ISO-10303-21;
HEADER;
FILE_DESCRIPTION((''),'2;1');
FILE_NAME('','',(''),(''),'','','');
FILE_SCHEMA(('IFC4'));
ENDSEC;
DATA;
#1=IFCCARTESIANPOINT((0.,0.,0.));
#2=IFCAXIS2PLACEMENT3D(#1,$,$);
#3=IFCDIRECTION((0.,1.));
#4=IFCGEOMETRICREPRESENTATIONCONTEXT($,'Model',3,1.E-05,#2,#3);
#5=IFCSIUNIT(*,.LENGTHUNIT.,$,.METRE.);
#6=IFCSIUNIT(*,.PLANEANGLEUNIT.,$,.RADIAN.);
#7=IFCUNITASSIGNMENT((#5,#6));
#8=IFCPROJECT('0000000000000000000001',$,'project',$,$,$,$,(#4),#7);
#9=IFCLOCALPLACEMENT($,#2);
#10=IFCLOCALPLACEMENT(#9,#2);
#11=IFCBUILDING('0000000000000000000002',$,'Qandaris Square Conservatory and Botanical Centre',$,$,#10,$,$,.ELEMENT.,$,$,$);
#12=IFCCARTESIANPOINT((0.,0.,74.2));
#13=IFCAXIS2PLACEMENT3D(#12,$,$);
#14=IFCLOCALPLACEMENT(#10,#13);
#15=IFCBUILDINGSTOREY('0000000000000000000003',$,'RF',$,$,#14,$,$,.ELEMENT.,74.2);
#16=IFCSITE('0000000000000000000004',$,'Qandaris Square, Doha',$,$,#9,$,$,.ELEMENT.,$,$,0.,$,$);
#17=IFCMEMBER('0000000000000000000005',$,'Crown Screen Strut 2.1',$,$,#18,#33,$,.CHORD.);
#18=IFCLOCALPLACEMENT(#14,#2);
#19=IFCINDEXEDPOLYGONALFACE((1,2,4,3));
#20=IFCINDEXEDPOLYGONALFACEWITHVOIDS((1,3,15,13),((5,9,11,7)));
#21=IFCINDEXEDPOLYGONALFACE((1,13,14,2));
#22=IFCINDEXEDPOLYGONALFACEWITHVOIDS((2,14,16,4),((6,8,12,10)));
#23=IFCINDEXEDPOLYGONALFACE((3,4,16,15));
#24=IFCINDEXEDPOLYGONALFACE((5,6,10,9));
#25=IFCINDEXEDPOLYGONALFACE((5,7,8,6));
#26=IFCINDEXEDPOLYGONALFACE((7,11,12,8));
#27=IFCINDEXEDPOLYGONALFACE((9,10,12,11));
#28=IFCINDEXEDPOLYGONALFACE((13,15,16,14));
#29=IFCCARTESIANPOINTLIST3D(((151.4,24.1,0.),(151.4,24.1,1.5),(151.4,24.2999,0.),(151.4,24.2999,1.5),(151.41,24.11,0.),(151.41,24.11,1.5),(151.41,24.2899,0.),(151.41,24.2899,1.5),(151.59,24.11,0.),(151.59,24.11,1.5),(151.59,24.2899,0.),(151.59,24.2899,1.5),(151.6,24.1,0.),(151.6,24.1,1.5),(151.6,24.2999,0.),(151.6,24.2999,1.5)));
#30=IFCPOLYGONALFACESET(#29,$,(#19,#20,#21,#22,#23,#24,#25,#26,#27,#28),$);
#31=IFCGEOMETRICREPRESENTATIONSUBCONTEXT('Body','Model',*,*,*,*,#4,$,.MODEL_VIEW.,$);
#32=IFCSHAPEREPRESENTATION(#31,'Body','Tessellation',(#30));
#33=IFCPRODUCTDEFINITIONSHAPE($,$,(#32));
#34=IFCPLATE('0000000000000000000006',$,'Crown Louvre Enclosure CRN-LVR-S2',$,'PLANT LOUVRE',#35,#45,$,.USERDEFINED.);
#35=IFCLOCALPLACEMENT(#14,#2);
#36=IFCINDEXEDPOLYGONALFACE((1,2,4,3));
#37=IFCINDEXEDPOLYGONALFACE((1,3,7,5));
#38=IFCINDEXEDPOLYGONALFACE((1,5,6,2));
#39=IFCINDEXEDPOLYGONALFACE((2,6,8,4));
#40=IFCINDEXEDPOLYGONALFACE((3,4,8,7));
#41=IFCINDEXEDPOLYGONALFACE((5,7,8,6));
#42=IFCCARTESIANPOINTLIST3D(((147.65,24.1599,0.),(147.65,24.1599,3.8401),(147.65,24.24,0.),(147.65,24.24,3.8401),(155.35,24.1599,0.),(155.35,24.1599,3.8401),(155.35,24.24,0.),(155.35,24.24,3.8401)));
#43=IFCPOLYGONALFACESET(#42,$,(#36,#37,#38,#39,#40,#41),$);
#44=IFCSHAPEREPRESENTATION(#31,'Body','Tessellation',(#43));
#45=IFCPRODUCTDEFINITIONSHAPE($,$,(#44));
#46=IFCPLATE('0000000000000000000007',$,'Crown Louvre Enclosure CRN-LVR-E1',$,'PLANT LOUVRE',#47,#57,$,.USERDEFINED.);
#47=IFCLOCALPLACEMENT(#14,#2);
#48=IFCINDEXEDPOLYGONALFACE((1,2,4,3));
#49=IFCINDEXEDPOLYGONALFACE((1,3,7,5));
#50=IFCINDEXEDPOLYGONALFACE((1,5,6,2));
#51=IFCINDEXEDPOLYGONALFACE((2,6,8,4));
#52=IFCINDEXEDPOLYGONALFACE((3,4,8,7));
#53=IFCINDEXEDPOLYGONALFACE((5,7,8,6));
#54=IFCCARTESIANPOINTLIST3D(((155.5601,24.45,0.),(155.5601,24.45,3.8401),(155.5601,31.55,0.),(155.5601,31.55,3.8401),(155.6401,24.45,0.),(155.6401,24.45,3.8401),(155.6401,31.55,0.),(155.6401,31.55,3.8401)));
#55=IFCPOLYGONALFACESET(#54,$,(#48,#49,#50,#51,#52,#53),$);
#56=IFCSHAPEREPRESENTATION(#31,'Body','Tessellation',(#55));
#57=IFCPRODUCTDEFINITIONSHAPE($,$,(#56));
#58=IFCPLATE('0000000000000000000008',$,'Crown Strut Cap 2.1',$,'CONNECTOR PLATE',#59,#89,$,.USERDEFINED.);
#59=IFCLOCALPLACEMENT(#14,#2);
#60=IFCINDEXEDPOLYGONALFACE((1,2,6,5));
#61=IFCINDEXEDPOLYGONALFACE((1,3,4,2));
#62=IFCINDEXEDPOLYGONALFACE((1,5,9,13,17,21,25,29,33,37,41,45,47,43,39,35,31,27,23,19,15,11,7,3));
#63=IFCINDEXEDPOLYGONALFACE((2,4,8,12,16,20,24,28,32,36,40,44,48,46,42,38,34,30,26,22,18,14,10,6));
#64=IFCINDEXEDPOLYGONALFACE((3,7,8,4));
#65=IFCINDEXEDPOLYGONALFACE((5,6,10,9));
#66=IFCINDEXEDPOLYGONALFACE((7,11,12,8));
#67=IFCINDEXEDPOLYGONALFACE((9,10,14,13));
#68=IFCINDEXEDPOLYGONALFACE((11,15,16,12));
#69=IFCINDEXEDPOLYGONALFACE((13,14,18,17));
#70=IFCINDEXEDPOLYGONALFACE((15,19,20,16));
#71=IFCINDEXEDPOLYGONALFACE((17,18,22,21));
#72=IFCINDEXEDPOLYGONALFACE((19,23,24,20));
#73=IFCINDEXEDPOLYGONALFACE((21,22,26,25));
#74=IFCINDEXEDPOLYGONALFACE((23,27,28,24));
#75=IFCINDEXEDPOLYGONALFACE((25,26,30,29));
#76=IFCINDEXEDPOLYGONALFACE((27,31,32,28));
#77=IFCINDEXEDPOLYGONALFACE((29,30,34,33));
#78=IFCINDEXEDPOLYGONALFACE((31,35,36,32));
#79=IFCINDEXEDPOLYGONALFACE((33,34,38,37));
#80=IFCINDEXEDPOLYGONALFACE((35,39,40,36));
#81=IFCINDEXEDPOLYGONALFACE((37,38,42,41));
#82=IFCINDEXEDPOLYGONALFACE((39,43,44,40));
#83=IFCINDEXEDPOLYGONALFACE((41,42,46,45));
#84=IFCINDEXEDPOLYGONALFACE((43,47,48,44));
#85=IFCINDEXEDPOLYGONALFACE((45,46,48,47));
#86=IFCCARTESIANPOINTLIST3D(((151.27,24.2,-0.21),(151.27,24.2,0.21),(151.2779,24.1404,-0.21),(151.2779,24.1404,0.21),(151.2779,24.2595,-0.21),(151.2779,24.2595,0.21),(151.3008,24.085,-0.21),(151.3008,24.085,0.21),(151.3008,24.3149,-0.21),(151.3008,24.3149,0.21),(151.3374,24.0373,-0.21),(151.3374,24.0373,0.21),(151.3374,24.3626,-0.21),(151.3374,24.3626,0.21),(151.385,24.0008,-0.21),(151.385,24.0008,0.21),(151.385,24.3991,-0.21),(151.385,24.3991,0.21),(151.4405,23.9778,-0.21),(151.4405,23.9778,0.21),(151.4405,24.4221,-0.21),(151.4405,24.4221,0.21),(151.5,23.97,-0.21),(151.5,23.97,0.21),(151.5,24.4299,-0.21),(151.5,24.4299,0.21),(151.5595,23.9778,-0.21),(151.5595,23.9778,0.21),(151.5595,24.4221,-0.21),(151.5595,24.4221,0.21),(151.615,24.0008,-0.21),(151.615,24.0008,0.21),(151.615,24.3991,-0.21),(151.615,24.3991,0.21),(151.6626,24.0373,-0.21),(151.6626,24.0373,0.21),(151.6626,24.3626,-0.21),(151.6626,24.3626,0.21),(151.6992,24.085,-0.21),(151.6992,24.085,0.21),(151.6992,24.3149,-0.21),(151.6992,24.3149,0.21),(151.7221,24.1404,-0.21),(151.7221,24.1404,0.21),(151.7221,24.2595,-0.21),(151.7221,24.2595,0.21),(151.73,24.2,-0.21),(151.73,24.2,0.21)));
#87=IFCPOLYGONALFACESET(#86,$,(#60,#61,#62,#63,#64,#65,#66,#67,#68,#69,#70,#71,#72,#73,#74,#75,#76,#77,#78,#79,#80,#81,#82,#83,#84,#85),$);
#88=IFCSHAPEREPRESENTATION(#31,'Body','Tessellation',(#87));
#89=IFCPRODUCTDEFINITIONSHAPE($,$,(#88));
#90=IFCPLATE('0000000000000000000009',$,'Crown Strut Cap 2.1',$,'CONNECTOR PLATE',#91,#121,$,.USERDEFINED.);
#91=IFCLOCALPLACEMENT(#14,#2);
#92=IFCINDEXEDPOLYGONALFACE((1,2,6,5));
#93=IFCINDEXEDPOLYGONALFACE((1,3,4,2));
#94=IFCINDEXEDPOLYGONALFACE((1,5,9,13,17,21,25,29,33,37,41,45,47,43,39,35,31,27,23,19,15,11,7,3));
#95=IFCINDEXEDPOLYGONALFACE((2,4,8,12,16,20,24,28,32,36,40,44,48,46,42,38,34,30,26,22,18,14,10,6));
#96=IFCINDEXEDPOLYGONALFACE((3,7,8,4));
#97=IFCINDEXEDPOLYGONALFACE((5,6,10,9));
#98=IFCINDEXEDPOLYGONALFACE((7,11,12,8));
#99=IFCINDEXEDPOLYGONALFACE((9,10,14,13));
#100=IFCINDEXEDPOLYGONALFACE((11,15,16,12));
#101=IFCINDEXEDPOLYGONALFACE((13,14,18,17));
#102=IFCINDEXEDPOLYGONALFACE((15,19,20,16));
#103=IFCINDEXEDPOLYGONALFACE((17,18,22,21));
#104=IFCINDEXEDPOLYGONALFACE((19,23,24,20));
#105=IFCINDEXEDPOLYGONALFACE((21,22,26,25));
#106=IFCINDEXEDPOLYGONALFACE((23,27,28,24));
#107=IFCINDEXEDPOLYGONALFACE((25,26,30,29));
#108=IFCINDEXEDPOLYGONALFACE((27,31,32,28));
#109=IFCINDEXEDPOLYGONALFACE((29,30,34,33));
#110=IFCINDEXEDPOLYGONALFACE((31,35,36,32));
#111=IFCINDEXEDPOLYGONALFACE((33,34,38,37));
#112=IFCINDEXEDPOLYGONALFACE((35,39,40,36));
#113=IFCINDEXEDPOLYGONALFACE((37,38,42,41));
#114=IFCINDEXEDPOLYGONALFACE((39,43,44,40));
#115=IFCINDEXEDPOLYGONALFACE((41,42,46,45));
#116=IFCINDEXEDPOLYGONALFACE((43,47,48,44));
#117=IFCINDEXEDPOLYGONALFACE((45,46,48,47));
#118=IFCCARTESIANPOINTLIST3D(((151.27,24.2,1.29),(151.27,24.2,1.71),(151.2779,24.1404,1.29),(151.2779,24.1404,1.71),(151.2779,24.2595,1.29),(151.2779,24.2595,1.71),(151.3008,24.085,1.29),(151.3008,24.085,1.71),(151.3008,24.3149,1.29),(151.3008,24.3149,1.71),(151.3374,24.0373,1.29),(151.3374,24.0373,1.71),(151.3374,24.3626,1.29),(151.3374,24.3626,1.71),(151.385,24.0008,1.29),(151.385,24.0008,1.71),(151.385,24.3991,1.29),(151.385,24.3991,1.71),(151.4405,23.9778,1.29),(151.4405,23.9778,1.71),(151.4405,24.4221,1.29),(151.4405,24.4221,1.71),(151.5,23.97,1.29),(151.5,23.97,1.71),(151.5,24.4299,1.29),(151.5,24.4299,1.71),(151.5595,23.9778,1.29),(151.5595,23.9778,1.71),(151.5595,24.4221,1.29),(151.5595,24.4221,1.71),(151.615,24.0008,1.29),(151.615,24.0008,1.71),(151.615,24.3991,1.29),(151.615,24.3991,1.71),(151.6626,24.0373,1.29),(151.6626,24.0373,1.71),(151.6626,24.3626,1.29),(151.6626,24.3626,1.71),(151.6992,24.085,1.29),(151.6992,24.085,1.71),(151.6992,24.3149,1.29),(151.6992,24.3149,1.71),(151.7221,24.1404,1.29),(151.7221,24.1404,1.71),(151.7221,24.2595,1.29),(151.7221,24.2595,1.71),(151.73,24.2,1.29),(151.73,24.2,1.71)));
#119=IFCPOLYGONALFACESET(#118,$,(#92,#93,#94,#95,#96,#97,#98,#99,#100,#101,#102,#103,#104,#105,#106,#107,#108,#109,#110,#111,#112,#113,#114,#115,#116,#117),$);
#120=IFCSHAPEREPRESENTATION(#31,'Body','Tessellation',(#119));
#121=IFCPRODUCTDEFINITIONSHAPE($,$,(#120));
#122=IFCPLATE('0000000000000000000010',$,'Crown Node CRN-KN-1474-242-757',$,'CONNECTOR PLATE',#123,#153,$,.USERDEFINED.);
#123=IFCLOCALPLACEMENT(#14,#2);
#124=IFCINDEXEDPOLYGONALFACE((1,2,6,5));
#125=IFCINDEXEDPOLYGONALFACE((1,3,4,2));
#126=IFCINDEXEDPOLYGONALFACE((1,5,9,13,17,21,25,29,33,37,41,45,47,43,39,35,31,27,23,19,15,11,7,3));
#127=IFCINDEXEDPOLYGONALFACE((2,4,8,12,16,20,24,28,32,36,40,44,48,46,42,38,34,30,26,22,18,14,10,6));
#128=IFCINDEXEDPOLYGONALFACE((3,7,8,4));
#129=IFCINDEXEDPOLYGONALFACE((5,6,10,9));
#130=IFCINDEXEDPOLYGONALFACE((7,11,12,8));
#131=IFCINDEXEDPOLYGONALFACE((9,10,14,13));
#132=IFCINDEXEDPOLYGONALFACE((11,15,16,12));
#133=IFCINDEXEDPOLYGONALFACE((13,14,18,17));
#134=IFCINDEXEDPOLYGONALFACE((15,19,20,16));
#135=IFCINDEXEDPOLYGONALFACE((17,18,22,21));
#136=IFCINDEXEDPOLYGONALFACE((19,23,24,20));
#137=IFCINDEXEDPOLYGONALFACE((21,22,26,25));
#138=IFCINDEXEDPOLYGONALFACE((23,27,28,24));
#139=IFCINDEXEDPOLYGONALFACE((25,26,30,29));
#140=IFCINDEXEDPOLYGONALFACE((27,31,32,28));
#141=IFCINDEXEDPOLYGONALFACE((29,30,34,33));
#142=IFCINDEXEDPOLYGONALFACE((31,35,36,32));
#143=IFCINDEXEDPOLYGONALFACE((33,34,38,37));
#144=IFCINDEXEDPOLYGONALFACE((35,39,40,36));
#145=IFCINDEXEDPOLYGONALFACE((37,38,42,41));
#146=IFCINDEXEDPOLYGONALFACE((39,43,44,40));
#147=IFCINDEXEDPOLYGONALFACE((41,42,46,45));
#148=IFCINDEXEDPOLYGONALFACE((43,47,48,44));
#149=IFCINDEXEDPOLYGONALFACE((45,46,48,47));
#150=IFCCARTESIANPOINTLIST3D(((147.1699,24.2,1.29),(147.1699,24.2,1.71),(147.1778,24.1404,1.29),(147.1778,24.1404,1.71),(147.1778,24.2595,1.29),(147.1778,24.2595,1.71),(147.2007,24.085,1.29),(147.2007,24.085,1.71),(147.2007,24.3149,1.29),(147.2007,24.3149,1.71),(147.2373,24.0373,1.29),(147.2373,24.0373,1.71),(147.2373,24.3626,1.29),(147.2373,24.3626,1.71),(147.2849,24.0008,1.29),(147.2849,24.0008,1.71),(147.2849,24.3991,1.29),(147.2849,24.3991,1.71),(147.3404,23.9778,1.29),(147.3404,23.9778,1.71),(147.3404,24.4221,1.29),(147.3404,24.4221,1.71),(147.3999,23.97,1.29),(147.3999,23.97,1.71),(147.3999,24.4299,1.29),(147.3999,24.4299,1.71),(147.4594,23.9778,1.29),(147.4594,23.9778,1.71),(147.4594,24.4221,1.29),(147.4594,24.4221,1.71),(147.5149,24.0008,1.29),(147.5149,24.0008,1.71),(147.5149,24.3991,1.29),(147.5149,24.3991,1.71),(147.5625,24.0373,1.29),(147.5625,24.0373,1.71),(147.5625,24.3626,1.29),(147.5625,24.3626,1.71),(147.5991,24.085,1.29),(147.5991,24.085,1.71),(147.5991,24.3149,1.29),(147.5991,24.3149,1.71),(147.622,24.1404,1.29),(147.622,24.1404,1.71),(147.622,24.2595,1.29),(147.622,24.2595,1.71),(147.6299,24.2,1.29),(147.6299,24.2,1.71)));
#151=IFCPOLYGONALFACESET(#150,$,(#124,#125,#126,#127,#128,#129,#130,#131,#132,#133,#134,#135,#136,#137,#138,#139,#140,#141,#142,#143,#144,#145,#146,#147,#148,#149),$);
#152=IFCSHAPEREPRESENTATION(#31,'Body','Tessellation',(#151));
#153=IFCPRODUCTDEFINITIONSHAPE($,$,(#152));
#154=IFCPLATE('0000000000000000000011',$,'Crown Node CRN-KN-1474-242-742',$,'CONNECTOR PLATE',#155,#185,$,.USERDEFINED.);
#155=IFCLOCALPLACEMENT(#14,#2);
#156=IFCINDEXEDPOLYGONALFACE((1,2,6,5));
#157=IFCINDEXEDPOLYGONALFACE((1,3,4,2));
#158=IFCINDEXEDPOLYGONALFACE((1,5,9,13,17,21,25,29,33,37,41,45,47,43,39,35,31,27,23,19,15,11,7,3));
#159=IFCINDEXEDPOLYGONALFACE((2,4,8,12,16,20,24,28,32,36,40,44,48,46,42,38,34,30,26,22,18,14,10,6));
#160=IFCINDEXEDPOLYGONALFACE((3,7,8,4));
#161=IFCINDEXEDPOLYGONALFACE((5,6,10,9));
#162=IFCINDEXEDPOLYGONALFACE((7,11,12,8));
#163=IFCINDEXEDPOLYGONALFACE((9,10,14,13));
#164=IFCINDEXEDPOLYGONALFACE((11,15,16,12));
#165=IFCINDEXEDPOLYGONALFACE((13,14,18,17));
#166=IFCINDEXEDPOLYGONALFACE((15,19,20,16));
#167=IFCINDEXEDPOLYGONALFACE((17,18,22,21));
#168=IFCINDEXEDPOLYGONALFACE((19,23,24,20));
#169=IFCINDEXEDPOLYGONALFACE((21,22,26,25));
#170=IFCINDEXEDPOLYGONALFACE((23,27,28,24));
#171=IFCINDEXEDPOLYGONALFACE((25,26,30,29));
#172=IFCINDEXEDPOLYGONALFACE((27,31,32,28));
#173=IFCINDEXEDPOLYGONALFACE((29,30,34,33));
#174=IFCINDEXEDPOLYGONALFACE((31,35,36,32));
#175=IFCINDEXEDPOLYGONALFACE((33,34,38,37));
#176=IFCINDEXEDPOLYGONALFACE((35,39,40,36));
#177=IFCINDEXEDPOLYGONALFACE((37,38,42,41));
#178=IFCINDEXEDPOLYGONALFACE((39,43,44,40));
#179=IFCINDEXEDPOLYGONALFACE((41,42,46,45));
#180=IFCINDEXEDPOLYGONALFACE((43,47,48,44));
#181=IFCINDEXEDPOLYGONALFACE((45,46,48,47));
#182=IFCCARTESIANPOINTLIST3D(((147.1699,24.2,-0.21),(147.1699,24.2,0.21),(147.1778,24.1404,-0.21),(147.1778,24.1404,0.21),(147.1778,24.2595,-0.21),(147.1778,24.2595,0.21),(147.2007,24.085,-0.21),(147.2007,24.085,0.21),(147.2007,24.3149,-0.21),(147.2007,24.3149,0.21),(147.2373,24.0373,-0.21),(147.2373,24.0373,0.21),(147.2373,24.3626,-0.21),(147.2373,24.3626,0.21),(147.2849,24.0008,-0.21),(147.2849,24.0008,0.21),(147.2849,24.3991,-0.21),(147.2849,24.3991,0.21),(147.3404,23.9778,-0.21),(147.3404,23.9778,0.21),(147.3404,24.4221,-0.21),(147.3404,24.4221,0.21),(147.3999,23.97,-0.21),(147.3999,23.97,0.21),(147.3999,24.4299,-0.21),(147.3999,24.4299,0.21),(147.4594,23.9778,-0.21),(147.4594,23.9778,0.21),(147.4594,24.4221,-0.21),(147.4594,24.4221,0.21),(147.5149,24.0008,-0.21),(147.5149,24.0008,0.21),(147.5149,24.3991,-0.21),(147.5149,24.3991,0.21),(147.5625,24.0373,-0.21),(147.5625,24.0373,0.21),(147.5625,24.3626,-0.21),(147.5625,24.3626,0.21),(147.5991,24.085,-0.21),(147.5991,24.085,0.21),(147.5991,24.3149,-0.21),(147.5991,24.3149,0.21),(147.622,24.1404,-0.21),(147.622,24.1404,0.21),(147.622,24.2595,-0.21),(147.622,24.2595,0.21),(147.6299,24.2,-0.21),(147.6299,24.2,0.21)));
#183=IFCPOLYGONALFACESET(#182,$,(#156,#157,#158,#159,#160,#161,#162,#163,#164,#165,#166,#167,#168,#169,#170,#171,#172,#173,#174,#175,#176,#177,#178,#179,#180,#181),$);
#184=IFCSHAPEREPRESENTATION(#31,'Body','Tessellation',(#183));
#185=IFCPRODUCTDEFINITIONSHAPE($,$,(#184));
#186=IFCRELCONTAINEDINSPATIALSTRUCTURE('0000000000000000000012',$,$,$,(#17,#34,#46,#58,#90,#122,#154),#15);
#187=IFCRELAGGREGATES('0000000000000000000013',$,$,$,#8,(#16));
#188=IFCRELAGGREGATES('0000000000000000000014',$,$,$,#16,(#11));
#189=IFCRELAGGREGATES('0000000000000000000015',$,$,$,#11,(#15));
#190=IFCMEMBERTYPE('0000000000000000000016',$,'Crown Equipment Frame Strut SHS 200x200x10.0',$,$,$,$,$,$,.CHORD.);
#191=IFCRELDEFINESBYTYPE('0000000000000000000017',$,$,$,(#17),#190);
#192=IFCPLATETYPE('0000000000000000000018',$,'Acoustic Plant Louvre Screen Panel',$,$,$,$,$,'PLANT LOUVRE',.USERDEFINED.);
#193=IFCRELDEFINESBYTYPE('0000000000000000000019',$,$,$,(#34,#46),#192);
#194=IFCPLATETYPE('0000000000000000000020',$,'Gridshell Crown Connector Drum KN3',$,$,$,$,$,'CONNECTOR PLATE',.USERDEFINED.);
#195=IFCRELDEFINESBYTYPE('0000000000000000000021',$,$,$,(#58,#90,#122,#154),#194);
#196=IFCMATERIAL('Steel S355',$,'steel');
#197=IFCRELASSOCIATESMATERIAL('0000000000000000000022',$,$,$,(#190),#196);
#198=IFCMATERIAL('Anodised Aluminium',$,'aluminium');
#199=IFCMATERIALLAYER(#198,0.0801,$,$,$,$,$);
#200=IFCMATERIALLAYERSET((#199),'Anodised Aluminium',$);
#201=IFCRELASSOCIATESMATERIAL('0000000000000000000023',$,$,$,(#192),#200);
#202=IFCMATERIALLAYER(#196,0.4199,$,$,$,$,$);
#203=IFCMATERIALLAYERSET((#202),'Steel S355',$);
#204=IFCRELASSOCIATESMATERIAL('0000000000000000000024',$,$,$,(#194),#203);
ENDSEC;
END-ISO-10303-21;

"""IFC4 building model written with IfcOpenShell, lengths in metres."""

from ifc_helpers import new_model, si_unit, direction, frame, origin, origin_2d, place, context, subcontext, project, spatial, rectangle, hollow_rectangle, circle, extrude, material, layer, layer_set, material_profile, profile_set, type_object, element, save


model = new_model("IFC4")

# Units and contexts
model_context = context("Model", 3, precision=1e-05, world=origin(), true_north=direction((0.0, 1.0)))
body_context = subcontext(model_context, "Body", "Model", "MODEL_VIEW")
ifc_project = project(units=[si_unit("LENGTHUNIT", "METRE"), si_unit("PLANEANGLEUNIT", "RADIAN")], contexts=[model_context])

# Site, building, storey
site_placement = place(None, origin())
site = spatial("IfcSite", under=ifc_project, at=site_placement, Name="Qandaris Square, Doha", CompositionType="ELEMENT", RefElevation=0.0)
building_placement = place(site_placement, origin())
building = spatial("IfcBuilding", under=site, at=building_placement, Name="Qandaris Square Conservatory and Botanical Centre", CompositionType="ELEMENT")
storey_placement = place(building_placement, frame((0.0, 0.0, 74.2)))
storey = spatial("IfcBuildingStorey", under=building, at=storey_placement, Name="RF", CompositionType="ELEMENT", Elevation=74.2)

# Shared definitions
ifc_material_1 = material(Name="Steel S355", Category="steel")

# Member
ifc_material_profile_1 = material_profile(ifc_material_1, hollow_rectangle(XDim=0.2, YDim=0.2, WallThickness=0.01, at=origin_2d()), Name="SHS 200x200x10.0")
ifc_profile_set_1 = profile_set([ifc_material_profile_1], Name="Steel S355")
member_type_1 = type_object("IfcMemberType", Name="Crown Equipment Frame Strut SHS 200x200x10.0", PredefinedType="CHORD", material=ifc_profile_set_1)
member_1_placement = place(storey_placement, frame((151.5, 24.2, 0.0), z_axis=(0.0, 0.0, 1.0), x_axis=(1.0, 0.0, 0.0)))
element("IfcMember", 1, at=member_1_placement, inside=storey, type_object=member_type_1, Name="Crown Screen Strut 2.1", PredefinedType="CHORD", context=body_context, shape_type="SweptSolid", body=[
    extrude(hollow_rectangle(XDim=0.2, YDim=0.2, WallThickness=0.01, at=origin_2d()), origin(), (0.0, 0.0, 1.0), 1.5),
])

# Plates
ifc_material_2 = material(Name="Anodised Aluminium", Category="aluminium")
ifc_layer_1 = layer(ifc_material_2, 0.0801)
ifc_layer_set_1 = layer_set([ifc_layer_1], Name="Anodised Aluminium")
plate_type_1 = type_object("IfcPlateType", Name="Acoustic Plant Louvre Screen Panel", ElementType="PLANT LOUVRE", PredefinedType="USERDEFINED", material=ifc_layer_set_1)
plate_1_placement = place(storey_placement, frame((151.5, 24.2, 0.0), z_axis=(0.0, 0.0, 1.0), x_axis=(1.0, 0.0, 0.0)))
element("IfcPlate", 2, at=plate_1_placement, inside=storey, type_object=plate_type_1, Name="Crown Louvre Enclosure CRN-LVR-S2", ObjectType="PLANT LOUVRE", PredefinedType="USERDEFINED", context=body_context, shape_type="SweptSolid", body=[
    extrude(rectangle(XDim=7.7, YDim=0.0801, at=origin_2d()), origin(), (0.0, 0.0, 1.0), 3.8401),
])
plate_2_placement = place(storey_placement, frame((155.6001, 28.0, 0.0), z_axis=(0.0, 0.0, 1.0), x_axis=(0.0, 1.0, 0.0)))
element("IfcPlate", 3, at=plate_2_placement, inside=storey, type_object=plate_type_1, Name="Crown Louvre Enclosure CRN-LVR-E1", ObjectType="PLANT LOUVRE", PredefinedType="USERDEFINED", context=body_context, shape_type="SweptSolid", body=[
    extrude(rectangle(XDim=7.1001, YDim=0.0801, at=origin_2d()), origin(), (0.0, 0.0, 1.0), 3.8401),
])
ifc_layer_2 = layer(ifc_material_1, 0.4199)
ifc_layer_set_2 = layer_set([ifc_layer_2], Name="Steel S355")
plate_type_2 = type_object("IfcPlateType", Name="Gridshell Crown Connector Drum KN3", ElementType="CONNECTOR PLATE", PredefinedType="USERDEFINED", material=ifc_layer_set_2)
for number, where, z_axis, x_axis, name in (
    (4, (151.5, 24.2, -0.21), (0.0, 0.0, 1.0), (1.0, 0.0, 0.0), "Crown Strut Cap 2.1"),
    (5, (151.5, 24.2, 1.29), (0.0, 0.0, 1.0), (1.0, 0.0, 0.0), "Crown Strut Cap 2.1"),
    (6, (147.3999, 24.2, 1.29), (0.0, 0.0, 1.0), (1.0, 0.0, 0.0), "Crown Node CRN-KN-1474-242-757"),
    (7, (147.3999, 24.2, -0.21), (0.0, 0.0, 1.0), (1.0, 0.0, 0.0), "Crown Node CRN-KN-1474-242-742"),
):
    element("IfcPlate", number, at=place(storey_placement, frame(where, z_axis=z_axis, x_axis=x_axis)), inside=storey, type_object=plate_type_2, Name=name, ObjectType="CONNECTOR PLATE", PredefinedType="USERDEFINED", context=body_context, shape_type="SweptSolid", body=[
        extrude(circle(Radius=0.23, at=origin_2d()), origin(), (0.0, 0.0, 1.0), 0.4199),
    ])

save(model, "model.ifc")
